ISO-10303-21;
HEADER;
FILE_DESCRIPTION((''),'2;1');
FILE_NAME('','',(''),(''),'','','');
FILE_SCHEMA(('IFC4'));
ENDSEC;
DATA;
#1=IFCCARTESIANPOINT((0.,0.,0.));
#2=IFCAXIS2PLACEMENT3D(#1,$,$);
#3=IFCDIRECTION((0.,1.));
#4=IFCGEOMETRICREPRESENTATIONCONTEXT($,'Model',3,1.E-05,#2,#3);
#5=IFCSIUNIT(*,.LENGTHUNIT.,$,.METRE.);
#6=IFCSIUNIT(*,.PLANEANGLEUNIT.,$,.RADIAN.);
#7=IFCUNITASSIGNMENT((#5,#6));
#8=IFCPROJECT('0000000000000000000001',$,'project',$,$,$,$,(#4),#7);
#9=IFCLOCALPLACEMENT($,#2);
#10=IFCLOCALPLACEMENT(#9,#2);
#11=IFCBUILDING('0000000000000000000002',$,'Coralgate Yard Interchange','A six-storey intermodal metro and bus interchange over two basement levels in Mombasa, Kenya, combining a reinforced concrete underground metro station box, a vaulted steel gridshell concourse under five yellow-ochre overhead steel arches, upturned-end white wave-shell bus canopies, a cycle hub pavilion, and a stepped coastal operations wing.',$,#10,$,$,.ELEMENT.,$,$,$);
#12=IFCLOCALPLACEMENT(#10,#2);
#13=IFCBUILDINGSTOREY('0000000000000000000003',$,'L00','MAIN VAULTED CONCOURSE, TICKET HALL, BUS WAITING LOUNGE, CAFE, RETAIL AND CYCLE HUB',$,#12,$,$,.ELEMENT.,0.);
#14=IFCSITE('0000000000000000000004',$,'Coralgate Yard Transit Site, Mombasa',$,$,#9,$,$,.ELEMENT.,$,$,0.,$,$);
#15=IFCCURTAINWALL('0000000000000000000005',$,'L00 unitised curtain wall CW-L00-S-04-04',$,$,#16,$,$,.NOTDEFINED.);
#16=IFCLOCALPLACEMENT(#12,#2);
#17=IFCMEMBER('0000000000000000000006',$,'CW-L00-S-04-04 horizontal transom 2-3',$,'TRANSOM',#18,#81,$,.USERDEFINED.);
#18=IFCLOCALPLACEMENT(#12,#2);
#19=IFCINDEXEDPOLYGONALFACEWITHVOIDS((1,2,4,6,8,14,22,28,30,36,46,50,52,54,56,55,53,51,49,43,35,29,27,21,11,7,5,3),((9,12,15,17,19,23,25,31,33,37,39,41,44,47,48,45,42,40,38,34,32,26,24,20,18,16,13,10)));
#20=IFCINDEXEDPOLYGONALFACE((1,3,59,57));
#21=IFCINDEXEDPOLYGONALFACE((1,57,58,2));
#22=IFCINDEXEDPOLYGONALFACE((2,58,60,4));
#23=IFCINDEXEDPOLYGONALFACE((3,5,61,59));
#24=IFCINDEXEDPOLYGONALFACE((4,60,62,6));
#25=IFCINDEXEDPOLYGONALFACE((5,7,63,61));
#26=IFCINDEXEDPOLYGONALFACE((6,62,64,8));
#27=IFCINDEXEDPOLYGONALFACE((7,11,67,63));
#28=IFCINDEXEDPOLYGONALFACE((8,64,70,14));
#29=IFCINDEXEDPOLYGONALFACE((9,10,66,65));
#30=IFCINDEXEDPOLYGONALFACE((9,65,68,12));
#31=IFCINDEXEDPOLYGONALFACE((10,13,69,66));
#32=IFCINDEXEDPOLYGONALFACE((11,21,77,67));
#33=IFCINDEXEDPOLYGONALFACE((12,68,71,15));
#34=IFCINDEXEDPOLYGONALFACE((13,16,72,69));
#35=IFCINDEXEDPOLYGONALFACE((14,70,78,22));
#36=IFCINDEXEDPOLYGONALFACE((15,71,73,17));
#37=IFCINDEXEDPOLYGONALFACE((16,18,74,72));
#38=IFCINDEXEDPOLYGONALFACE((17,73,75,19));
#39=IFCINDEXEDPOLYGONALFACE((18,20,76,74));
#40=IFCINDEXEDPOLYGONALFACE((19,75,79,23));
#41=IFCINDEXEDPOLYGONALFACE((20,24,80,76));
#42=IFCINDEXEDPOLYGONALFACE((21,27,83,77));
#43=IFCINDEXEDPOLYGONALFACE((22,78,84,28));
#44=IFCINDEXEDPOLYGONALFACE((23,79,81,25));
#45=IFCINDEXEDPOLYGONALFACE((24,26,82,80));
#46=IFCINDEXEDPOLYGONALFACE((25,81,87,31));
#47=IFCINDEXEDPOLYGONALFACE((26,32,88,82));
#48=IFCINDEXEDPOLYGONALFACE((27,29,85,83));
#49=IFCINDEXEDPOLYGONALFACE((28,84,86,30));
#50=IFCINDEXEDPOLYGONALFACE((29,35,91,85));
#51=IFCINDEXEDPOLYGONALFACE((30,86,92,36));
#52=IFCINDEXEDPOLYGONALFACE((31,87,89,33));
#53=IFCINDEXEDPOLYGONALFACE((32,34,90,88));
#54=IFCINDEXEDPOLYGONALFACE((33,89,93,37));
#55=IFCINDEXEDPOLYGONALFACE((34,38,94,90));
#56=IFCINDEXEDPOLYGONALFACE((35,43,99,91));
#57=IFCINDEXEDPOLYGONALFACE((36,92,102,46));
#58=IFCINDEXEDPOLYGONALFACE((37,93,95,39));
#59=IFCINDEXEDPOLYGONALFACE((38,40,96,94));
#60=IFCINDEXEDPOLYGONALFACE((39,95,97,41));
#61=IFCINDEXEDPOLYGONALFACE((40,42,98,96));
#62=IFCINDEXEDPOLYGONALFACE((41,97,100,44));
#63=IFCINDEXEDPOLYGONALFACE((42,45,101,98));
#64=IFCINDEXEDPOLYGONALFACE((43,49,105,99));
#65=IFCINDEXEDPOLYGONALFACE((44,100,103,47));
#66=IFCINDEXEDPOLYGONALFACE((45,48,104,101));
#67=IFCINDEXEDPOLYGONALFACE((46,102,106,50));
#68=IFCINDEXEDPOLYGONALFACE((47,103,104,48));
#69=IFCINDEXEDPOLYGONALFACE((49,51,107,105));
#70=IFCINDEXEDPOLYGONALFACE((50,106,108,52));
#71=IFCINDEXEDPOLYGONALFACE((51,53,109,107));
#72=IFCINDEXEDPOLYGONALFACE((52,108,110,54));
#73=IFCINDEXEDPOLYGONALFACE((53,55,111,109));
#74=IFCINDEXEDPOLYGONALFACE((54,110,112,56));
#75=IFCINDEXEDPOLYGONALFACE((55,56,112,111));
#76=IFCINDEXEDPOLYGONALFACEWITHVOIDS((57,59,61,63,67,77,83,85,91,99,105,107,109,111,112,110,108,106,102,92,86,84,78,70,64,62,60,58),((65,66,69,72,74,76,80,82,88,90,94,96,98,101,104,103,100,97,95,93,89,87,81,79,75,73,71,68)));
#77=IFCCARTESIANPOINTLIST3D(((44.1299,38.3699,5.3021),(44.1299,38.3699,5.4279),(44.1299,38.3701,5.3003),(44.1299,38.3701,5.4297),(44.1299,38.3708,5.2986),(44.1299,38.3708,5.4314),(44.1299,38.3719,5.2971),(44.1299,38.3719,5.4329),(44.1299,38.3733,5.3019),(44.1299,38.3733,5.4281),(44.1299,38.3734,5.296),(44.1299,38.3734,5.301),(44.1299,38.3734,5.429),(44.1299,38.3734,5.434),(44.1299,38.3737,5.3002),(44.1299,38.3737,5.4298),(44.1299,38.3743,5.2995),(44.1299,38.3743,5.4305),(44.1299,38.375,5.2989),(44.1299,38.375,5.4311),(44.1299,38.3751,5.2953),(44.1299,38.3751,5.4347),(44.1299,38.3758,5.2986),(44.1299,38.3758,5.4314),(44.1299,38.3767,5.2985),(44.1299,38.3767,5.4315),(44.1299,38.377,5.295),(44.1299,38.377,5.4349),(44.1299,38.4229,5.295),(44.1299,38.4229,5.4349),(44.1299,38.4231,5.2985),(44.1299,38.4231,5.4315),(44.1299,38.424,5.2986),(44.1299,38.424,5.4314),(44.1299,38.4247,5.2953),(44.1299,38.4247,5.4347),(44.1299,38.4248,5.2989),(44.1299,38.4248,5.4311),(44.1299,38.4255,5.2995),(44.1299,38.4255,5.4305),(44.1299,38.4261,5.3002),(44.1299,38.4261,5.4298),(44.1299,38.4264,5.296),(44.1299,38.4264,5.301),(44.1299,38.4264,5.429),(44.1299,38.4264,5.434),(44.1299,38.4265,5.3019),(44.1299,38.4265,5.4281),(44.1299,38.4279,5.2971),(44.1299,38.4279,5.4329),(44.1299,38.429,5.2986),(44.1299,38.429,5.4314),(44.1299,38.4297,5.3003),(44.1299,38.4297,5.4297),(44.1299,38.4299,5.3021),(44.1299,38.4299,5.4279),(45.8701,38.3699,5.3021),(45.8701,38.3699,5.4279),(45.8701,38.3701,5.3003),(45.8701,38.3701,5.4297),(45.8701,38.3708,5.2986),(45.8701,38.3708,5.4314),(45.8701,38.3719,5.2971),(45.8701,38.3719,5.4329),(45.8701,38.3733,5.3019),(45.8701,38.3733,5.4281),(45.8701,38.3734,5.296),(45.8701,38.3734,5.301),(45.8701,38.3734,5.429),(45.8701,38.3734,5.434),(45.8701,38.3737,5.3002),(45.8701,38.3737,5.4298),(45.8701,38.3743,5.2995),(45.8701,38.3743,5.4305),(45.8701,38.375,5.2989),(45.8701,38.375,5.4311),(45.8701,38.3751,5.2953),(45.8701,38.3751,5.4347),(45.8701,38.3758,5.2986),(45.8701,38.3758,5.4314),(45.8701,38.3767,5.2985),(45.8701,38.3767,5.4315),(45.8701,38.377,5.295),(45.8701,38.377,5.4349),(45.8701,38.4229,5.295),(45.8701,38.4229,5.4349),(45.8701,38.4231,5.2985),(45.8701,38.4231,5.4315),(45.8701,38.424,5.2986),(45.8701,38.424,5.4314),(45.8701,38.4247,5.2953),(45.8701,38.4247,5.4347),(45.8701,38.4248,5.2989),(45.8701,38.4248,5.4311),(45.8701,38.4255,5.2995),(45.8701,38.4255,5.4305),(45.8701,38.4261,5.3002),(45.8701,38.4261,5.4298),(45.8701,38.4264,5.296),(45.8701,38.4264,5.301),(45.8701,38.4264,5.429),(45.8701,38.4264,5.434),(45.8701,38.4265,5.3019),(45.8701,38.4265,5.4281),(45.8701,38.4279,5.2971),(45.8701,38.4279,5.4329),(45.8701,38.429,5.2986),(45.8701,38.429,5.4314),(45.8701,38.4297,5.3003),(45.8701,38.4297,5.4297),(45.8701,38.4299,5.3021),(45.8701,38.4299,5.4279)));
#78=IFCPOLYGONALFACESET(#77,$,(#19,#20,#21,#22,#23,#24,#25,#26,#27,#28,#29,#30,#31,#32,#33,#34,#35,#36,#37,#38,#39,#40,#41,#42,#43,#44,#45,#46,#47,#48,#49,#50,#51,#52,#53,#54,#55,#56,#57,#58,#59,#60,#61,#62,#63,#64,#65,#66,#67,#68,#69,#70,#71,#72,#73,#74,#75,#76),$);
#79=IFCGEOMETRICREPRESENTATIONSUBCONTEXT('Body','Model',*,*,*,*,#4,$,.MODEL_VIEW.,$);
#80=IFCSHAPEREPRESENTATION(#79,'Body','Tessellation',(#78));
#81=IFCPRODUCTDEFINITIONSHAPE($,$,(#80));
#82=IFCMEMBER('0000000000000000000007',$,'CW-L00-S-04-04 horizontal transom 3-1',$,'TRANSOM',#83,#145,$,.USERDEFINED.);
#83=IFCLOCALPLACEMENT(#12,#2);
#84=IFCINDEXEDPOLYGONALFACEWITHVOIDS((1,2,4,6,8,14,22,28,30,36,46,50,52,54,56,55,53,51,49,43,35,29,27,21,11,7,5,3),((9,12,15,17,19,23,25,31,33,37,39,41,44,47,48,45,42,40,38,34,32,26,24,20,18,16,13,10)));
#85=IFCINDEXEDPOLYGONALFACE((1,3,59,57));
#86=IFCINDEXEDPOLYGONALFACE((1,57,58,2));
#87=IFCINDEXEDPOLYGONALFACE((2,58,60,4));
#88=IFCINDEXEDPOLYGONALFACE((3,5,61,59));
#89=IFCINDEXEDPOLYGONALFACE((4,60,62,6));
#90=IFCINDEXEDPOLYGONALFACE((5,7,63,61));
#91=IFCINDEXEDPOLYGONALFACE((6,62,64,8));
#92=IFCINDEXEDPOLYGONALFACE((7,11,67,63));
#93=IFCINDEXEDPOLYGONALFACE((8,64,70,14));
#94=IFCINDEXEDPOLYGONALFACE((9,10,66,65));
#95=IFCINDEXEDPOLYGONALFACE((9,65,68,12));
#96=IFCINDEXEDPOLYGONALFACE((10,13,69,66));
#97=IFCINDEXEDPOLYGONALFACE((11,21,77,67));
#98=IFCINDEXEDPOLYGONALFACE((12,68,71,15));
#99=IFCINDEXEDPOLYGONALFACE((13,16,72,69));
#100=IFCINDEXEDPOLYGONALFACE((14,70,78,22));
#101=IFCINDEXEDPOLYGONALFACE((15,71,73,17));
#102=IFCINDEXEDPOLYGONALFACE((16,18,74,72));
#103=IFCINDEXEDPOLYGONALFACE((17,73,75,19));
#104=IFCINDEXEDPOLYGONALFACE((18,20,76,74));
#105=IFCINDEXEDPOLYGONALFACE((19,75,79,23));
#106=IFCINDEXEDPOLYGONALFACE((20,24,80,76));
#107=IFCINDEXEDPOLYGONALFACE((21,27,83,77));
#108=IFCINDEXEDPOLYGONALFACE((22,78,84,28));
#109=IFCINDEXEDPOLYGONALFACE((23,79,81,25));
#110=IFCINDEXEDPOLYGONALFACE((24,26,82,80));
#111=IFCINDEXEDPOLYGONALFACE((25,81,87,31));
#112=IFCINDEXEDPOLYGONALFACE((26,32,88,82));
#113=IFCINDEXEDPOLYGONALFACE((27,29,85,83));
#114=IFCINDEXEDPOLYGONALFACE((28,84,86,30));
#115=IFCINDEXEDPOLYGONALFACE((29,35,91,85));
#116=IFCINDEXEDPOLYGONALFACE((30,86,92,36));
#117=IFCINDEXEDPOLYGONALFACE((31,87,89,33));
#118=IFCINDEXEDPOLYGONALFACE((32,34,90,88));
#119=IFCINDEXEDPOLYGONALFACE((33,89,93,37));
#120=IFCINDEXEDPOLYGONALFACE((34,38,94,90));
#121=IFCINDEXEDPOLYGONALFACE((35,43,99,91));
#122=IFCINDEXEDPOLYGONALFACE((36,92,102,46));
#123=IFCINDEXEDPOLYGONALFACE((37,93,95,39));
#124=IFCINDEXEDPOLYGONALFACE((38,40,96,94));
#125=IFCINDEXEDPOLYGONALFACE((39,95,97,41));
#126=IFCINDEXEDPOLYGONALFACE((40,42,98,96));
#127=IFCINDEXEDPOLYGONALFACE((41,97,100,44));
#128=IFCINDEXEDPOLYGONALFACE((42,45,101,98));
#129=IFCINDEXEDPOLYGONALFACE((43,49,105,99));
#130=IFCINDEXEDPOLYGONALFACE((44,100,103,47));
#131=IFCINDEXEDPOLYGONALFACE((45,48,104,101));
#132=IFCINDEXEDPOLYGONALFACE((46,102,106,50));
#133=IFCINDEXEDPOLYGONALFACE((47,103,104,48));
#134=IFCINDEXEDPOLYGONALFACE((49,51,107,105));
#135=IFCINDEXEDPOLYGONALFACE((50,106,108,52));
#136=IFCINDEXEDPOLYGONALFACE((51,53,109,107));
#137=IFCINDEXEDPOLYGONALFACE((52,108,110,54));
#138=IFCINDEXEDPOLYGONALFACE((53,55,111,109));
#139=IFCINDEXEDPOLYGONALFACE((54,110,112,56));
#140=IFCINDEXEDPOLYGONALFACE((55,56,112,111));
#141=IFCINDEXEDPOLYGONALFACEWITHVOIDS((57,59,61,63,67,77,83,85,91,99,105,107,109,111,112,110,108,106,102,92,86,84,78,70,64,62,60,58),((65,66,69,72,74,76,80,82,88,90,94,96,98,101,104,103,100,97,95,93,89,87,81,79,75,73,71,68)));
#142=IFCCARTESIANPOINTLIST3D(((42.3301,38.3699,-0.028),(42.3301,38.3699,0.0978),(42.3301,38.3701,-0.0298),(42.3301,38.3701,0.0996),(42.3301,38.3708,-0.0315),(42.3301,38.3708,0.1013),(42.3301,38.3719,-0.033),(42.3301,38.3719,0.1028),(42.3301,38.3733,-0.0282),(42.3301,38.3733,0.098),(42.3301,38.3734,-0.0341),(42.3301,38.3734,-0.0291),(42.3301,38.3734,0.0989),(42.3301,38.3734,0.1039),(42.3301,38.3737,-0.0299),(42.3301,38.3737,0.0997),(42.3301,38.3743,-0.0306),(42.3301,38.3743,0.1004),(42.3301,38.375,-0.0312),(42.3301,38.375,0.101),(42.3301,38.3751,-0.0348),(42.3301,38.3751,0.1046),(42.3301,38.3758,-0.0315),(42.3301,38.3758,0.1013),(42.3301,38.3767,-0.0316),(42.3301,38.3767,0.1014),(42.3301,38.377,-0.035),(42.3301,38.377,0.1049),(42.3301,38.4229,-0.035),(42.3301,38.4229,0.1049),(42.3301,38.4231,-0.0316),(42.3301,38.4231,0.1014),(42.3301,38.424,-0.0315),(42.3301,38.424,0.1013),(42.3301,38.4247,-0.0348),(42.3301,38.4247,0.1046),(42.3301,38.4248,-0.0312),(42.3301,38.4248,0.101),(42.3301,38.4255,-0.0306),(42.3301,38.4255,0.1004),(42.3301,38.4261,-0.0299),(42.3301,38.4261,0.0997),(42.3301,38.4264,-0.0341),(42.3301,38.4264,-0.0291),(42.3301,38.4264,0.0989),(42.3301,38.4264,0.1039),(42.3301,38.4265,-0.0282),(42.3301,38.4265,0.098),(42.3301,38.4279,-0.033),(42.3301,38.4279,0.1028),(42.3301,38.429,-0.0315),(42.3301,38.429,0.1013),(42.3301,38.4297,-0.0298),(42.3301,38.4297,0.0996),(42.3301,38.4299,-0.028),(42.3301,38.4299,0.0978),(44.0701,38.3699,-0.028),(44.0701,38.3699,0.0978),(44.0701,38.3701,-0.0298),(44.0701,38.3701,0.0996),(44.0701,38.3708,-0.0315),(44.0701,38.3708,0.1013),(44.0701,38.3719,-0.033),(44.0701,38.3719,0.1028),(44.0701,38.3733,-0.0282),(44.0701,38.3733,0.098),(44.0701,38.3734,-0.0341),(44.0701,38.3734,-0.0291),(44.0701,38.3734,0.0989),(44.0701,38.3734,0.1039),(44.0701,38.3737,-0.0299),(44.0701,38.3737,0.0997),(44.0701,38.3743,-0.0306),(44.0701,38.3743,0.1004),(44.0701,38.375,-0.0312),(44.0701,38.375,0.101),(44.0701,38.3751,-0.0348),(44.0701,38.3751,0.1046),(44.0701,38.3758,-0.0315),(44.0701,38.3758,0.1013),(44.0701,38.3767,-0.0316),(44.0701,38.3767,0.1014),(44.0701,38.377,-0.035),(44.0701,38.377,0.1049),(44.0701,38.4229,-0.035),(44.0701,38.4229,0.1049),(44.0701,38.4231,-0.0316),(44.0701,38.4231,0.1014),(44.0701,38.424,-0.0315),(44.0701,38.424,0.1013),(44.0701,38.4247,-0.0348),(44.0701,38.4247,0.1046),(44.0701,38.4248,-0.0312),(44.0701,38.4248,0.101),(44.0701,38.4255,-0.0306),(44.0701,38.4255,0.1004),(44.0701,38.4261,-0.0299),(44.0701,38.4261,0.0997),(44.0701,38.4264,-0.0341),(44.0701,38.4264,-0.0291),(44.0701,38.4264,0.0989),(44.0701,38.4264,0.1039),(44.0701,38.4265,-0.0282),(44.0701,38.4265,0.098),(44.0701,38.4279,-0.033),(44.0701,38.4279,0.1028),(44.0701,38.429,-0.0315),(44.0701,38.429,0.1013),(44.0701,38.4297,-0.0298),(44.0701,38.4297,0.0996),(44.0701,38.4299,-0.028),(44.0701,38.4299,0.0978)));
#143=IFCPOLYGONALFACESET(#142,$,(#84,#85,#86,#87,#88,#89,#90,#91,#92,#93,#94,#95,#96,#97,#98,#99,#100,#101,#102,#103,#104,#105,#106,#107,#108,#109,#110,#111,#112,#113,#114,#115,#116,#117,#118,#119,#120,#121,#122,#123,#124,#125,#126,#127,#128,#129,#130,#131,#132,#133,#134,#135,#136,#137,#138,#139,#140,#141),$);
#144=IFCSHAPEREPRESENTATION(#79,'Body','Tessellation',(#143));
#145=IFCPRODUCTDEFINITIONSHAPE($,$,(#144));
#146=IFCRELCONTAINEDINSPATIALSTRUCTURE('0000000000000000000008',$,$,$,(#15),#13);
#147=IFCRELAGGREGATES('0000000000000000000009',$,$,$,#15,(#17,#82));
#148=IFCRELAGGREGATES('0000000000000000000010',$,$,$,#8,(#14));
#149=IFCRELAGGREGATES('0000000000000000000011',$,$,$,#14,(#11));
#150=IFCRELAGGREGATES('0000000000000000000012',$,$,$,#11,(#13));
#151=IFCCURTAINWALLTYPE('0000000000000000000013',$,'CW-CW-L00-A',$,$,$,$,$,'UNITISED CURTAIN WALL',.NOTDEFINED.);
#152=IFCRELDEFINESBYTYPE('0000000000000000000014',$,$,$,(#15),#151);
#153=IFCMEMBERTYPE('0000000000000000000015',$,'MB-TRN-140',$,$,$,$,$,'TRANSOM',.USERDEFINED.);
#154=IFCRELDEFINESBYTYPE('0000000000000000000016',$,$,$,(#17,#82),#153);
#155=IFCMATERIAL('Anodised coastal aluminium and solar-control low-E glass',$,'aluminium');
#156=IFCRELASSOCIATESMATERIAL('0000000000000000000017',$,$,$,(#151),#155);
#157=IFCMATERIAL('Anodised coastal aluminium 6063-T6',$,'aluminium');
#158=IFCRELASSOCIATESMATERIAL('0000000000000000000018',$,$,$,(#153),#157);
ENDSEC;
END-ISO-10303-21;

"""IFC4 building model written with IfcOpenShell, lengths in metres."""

from ifc_helpers import new_model, si_unit, direction, frame, origin, origin_2d, place, context, subcontext, project, spatial, hollow_rectangle, extrude, material, material_profile, profile_set, type_object, element, aggregate, save


model = new_model("IFC4")

# Units and contexts
model_context = context("Model", 3, precision=1e-05, world=origin(), true_north=direction((0.0, 1.0)))
body_context = subcontext(model_context, "Body", "Model", "MODEL_VIEW")
ifc_project = project(units=[si_unit("LENGTHUNIT", "METRE"), si_unit("PLANEANGLEUNIT", "RADIAN")], contexts=[model_context])

# Site, building, storey
site_placement = place(None, origin())
site = spatial("IfcSite", under=ifc_project, at=site_placement, Name="Coralgate Yard Transit Site, Mombasa", CompositionType="ELEMENT", RefElevation=0.0)
building_placement = place(site_placement, origin())
building = spatial("IfcBuilding", under=site, at=building_placement, Name="Coralgate Yard Interchange", Description="A six-storey intermodal metro and bus interchange over two basement levels in Mombasa, Kenya, combining a reinforced concrete underground metro station box, a vaulted steel gridshell concourse under five yellow-ochre overhead steel arches, upturned-end white wave-shell bus canopies, a cycle hub pavilion, and a stepped coastal operations wing.", CompositionType="ELEMENT")
storey_placement = place(building_placement, origin())
storey = spatial("IfcBuildingStorey", under=building, at=storey_placement, Name="L00", Description="MAIN VAULTED CONCOURSE, TICKET HALL, BUS WAITING LOUNGE, CAFE, RETAIL AND CYCLE HUB", CompositionType="ELEMENT", Elevation=0.0)

# Curtain wall, members
ifc_material_1 = material(Name="Anodised coastal aluminium and solar-control low-E glass", Category="aluminium")
curtain_wall_type = type_object("IfcCurtainWallType", Name="CW-CW-L00-A", ElementType="UNITISED CURTAIN WALL", PredefinedType="NOTDEFINED", material=ifc_material_1)
curtain_wall_placement = place(storey_placement, origin())
curtain_wall = element("IfcCurtainWall", 1, at=curtain_wall_placement, inside=storey, type_object=curtain_wall_type, Name="L00 unitised curtain wall CW-L00-S-04-04", PredefinedType="NOTDEFINED")
ifc_material_2 = material(Name="Anodised coastal aluminium 6063-T6", Category="aluminium")
ifc_material_profile_1 = material_profile(ifc_material_2, hollow_rectangle(XDim=0.0601, YDim=0.1399, WallThickness=0.0034, InnerFilletRadius=0.0034, OuterFilletRadius=0.0071, at=origin_2d()), Name="ALU 60x140x3.5")
ifc_profile_set_1 = profile_set([ifc_material_profile_1], Name="Anodised coastal aluminium 6063-T6")
member_type_1 = type_object("IfcMemberType", Name="MB-TRN-140", ElementType="TRANSOM", PredefinedType="USERDEFINED", material=ifc_profile_set_1)
member_1_placement = place(storey_placement, frame((45.8701, 38.3999, 5.365), z_axis=(-1.0, 0.0, 0.0), x_axis=(0.0, -1.0, 0.0)))
member_1 = element("IfcMember", 2, at=member_1_placement, type_object=member_type_1, Name="CW-L00-S-04-04 horizontal transom 2-3", ObjectType="TRANSOM", PredefinedType="USERDEFINED", context=body_context, shape_type="SweptSolid", body=[
    extrude(hollow_rectangle(XDim=0.0601, YDim=0.1399, WallThickness=0.0034, InnerFilletRadius=0.0034, OuterFilletRadius=0.0071, at=origin_2d()), origin(), (0.0, 0.0, 1.0), 1.7402),
])
member_2_placement = place(storey_placement, frame((44.0701, 38.3999, 0.0349), z_axis=(-1.0, 0.0, 0.0), x_axis=(0.0, -1.0, 0.0)))
member_2 = element("IfcMember", 3, at=member_2_placement, type_object=member_type_1, Name="CW-L00-S-04-04 horizontal transom 3-1", ObjectType="TRANSOM", PredefinedType="USERDEFINED", context=body_context, shape_type="SweptSolid", body=[
    extrude(hollow_rectangle(XDim=0.0601, YDim=0.1399, WallThickness=0.0034, InnerFilletRadius=0.0034, OuterFilletRadius=0.0071, at=origin_2d()), origin(), (0.0, 0.0, 1.0), 1.74),
])
aggregate(curtain_wall, [member_1, member_2])

save(model, "model.ifc")
